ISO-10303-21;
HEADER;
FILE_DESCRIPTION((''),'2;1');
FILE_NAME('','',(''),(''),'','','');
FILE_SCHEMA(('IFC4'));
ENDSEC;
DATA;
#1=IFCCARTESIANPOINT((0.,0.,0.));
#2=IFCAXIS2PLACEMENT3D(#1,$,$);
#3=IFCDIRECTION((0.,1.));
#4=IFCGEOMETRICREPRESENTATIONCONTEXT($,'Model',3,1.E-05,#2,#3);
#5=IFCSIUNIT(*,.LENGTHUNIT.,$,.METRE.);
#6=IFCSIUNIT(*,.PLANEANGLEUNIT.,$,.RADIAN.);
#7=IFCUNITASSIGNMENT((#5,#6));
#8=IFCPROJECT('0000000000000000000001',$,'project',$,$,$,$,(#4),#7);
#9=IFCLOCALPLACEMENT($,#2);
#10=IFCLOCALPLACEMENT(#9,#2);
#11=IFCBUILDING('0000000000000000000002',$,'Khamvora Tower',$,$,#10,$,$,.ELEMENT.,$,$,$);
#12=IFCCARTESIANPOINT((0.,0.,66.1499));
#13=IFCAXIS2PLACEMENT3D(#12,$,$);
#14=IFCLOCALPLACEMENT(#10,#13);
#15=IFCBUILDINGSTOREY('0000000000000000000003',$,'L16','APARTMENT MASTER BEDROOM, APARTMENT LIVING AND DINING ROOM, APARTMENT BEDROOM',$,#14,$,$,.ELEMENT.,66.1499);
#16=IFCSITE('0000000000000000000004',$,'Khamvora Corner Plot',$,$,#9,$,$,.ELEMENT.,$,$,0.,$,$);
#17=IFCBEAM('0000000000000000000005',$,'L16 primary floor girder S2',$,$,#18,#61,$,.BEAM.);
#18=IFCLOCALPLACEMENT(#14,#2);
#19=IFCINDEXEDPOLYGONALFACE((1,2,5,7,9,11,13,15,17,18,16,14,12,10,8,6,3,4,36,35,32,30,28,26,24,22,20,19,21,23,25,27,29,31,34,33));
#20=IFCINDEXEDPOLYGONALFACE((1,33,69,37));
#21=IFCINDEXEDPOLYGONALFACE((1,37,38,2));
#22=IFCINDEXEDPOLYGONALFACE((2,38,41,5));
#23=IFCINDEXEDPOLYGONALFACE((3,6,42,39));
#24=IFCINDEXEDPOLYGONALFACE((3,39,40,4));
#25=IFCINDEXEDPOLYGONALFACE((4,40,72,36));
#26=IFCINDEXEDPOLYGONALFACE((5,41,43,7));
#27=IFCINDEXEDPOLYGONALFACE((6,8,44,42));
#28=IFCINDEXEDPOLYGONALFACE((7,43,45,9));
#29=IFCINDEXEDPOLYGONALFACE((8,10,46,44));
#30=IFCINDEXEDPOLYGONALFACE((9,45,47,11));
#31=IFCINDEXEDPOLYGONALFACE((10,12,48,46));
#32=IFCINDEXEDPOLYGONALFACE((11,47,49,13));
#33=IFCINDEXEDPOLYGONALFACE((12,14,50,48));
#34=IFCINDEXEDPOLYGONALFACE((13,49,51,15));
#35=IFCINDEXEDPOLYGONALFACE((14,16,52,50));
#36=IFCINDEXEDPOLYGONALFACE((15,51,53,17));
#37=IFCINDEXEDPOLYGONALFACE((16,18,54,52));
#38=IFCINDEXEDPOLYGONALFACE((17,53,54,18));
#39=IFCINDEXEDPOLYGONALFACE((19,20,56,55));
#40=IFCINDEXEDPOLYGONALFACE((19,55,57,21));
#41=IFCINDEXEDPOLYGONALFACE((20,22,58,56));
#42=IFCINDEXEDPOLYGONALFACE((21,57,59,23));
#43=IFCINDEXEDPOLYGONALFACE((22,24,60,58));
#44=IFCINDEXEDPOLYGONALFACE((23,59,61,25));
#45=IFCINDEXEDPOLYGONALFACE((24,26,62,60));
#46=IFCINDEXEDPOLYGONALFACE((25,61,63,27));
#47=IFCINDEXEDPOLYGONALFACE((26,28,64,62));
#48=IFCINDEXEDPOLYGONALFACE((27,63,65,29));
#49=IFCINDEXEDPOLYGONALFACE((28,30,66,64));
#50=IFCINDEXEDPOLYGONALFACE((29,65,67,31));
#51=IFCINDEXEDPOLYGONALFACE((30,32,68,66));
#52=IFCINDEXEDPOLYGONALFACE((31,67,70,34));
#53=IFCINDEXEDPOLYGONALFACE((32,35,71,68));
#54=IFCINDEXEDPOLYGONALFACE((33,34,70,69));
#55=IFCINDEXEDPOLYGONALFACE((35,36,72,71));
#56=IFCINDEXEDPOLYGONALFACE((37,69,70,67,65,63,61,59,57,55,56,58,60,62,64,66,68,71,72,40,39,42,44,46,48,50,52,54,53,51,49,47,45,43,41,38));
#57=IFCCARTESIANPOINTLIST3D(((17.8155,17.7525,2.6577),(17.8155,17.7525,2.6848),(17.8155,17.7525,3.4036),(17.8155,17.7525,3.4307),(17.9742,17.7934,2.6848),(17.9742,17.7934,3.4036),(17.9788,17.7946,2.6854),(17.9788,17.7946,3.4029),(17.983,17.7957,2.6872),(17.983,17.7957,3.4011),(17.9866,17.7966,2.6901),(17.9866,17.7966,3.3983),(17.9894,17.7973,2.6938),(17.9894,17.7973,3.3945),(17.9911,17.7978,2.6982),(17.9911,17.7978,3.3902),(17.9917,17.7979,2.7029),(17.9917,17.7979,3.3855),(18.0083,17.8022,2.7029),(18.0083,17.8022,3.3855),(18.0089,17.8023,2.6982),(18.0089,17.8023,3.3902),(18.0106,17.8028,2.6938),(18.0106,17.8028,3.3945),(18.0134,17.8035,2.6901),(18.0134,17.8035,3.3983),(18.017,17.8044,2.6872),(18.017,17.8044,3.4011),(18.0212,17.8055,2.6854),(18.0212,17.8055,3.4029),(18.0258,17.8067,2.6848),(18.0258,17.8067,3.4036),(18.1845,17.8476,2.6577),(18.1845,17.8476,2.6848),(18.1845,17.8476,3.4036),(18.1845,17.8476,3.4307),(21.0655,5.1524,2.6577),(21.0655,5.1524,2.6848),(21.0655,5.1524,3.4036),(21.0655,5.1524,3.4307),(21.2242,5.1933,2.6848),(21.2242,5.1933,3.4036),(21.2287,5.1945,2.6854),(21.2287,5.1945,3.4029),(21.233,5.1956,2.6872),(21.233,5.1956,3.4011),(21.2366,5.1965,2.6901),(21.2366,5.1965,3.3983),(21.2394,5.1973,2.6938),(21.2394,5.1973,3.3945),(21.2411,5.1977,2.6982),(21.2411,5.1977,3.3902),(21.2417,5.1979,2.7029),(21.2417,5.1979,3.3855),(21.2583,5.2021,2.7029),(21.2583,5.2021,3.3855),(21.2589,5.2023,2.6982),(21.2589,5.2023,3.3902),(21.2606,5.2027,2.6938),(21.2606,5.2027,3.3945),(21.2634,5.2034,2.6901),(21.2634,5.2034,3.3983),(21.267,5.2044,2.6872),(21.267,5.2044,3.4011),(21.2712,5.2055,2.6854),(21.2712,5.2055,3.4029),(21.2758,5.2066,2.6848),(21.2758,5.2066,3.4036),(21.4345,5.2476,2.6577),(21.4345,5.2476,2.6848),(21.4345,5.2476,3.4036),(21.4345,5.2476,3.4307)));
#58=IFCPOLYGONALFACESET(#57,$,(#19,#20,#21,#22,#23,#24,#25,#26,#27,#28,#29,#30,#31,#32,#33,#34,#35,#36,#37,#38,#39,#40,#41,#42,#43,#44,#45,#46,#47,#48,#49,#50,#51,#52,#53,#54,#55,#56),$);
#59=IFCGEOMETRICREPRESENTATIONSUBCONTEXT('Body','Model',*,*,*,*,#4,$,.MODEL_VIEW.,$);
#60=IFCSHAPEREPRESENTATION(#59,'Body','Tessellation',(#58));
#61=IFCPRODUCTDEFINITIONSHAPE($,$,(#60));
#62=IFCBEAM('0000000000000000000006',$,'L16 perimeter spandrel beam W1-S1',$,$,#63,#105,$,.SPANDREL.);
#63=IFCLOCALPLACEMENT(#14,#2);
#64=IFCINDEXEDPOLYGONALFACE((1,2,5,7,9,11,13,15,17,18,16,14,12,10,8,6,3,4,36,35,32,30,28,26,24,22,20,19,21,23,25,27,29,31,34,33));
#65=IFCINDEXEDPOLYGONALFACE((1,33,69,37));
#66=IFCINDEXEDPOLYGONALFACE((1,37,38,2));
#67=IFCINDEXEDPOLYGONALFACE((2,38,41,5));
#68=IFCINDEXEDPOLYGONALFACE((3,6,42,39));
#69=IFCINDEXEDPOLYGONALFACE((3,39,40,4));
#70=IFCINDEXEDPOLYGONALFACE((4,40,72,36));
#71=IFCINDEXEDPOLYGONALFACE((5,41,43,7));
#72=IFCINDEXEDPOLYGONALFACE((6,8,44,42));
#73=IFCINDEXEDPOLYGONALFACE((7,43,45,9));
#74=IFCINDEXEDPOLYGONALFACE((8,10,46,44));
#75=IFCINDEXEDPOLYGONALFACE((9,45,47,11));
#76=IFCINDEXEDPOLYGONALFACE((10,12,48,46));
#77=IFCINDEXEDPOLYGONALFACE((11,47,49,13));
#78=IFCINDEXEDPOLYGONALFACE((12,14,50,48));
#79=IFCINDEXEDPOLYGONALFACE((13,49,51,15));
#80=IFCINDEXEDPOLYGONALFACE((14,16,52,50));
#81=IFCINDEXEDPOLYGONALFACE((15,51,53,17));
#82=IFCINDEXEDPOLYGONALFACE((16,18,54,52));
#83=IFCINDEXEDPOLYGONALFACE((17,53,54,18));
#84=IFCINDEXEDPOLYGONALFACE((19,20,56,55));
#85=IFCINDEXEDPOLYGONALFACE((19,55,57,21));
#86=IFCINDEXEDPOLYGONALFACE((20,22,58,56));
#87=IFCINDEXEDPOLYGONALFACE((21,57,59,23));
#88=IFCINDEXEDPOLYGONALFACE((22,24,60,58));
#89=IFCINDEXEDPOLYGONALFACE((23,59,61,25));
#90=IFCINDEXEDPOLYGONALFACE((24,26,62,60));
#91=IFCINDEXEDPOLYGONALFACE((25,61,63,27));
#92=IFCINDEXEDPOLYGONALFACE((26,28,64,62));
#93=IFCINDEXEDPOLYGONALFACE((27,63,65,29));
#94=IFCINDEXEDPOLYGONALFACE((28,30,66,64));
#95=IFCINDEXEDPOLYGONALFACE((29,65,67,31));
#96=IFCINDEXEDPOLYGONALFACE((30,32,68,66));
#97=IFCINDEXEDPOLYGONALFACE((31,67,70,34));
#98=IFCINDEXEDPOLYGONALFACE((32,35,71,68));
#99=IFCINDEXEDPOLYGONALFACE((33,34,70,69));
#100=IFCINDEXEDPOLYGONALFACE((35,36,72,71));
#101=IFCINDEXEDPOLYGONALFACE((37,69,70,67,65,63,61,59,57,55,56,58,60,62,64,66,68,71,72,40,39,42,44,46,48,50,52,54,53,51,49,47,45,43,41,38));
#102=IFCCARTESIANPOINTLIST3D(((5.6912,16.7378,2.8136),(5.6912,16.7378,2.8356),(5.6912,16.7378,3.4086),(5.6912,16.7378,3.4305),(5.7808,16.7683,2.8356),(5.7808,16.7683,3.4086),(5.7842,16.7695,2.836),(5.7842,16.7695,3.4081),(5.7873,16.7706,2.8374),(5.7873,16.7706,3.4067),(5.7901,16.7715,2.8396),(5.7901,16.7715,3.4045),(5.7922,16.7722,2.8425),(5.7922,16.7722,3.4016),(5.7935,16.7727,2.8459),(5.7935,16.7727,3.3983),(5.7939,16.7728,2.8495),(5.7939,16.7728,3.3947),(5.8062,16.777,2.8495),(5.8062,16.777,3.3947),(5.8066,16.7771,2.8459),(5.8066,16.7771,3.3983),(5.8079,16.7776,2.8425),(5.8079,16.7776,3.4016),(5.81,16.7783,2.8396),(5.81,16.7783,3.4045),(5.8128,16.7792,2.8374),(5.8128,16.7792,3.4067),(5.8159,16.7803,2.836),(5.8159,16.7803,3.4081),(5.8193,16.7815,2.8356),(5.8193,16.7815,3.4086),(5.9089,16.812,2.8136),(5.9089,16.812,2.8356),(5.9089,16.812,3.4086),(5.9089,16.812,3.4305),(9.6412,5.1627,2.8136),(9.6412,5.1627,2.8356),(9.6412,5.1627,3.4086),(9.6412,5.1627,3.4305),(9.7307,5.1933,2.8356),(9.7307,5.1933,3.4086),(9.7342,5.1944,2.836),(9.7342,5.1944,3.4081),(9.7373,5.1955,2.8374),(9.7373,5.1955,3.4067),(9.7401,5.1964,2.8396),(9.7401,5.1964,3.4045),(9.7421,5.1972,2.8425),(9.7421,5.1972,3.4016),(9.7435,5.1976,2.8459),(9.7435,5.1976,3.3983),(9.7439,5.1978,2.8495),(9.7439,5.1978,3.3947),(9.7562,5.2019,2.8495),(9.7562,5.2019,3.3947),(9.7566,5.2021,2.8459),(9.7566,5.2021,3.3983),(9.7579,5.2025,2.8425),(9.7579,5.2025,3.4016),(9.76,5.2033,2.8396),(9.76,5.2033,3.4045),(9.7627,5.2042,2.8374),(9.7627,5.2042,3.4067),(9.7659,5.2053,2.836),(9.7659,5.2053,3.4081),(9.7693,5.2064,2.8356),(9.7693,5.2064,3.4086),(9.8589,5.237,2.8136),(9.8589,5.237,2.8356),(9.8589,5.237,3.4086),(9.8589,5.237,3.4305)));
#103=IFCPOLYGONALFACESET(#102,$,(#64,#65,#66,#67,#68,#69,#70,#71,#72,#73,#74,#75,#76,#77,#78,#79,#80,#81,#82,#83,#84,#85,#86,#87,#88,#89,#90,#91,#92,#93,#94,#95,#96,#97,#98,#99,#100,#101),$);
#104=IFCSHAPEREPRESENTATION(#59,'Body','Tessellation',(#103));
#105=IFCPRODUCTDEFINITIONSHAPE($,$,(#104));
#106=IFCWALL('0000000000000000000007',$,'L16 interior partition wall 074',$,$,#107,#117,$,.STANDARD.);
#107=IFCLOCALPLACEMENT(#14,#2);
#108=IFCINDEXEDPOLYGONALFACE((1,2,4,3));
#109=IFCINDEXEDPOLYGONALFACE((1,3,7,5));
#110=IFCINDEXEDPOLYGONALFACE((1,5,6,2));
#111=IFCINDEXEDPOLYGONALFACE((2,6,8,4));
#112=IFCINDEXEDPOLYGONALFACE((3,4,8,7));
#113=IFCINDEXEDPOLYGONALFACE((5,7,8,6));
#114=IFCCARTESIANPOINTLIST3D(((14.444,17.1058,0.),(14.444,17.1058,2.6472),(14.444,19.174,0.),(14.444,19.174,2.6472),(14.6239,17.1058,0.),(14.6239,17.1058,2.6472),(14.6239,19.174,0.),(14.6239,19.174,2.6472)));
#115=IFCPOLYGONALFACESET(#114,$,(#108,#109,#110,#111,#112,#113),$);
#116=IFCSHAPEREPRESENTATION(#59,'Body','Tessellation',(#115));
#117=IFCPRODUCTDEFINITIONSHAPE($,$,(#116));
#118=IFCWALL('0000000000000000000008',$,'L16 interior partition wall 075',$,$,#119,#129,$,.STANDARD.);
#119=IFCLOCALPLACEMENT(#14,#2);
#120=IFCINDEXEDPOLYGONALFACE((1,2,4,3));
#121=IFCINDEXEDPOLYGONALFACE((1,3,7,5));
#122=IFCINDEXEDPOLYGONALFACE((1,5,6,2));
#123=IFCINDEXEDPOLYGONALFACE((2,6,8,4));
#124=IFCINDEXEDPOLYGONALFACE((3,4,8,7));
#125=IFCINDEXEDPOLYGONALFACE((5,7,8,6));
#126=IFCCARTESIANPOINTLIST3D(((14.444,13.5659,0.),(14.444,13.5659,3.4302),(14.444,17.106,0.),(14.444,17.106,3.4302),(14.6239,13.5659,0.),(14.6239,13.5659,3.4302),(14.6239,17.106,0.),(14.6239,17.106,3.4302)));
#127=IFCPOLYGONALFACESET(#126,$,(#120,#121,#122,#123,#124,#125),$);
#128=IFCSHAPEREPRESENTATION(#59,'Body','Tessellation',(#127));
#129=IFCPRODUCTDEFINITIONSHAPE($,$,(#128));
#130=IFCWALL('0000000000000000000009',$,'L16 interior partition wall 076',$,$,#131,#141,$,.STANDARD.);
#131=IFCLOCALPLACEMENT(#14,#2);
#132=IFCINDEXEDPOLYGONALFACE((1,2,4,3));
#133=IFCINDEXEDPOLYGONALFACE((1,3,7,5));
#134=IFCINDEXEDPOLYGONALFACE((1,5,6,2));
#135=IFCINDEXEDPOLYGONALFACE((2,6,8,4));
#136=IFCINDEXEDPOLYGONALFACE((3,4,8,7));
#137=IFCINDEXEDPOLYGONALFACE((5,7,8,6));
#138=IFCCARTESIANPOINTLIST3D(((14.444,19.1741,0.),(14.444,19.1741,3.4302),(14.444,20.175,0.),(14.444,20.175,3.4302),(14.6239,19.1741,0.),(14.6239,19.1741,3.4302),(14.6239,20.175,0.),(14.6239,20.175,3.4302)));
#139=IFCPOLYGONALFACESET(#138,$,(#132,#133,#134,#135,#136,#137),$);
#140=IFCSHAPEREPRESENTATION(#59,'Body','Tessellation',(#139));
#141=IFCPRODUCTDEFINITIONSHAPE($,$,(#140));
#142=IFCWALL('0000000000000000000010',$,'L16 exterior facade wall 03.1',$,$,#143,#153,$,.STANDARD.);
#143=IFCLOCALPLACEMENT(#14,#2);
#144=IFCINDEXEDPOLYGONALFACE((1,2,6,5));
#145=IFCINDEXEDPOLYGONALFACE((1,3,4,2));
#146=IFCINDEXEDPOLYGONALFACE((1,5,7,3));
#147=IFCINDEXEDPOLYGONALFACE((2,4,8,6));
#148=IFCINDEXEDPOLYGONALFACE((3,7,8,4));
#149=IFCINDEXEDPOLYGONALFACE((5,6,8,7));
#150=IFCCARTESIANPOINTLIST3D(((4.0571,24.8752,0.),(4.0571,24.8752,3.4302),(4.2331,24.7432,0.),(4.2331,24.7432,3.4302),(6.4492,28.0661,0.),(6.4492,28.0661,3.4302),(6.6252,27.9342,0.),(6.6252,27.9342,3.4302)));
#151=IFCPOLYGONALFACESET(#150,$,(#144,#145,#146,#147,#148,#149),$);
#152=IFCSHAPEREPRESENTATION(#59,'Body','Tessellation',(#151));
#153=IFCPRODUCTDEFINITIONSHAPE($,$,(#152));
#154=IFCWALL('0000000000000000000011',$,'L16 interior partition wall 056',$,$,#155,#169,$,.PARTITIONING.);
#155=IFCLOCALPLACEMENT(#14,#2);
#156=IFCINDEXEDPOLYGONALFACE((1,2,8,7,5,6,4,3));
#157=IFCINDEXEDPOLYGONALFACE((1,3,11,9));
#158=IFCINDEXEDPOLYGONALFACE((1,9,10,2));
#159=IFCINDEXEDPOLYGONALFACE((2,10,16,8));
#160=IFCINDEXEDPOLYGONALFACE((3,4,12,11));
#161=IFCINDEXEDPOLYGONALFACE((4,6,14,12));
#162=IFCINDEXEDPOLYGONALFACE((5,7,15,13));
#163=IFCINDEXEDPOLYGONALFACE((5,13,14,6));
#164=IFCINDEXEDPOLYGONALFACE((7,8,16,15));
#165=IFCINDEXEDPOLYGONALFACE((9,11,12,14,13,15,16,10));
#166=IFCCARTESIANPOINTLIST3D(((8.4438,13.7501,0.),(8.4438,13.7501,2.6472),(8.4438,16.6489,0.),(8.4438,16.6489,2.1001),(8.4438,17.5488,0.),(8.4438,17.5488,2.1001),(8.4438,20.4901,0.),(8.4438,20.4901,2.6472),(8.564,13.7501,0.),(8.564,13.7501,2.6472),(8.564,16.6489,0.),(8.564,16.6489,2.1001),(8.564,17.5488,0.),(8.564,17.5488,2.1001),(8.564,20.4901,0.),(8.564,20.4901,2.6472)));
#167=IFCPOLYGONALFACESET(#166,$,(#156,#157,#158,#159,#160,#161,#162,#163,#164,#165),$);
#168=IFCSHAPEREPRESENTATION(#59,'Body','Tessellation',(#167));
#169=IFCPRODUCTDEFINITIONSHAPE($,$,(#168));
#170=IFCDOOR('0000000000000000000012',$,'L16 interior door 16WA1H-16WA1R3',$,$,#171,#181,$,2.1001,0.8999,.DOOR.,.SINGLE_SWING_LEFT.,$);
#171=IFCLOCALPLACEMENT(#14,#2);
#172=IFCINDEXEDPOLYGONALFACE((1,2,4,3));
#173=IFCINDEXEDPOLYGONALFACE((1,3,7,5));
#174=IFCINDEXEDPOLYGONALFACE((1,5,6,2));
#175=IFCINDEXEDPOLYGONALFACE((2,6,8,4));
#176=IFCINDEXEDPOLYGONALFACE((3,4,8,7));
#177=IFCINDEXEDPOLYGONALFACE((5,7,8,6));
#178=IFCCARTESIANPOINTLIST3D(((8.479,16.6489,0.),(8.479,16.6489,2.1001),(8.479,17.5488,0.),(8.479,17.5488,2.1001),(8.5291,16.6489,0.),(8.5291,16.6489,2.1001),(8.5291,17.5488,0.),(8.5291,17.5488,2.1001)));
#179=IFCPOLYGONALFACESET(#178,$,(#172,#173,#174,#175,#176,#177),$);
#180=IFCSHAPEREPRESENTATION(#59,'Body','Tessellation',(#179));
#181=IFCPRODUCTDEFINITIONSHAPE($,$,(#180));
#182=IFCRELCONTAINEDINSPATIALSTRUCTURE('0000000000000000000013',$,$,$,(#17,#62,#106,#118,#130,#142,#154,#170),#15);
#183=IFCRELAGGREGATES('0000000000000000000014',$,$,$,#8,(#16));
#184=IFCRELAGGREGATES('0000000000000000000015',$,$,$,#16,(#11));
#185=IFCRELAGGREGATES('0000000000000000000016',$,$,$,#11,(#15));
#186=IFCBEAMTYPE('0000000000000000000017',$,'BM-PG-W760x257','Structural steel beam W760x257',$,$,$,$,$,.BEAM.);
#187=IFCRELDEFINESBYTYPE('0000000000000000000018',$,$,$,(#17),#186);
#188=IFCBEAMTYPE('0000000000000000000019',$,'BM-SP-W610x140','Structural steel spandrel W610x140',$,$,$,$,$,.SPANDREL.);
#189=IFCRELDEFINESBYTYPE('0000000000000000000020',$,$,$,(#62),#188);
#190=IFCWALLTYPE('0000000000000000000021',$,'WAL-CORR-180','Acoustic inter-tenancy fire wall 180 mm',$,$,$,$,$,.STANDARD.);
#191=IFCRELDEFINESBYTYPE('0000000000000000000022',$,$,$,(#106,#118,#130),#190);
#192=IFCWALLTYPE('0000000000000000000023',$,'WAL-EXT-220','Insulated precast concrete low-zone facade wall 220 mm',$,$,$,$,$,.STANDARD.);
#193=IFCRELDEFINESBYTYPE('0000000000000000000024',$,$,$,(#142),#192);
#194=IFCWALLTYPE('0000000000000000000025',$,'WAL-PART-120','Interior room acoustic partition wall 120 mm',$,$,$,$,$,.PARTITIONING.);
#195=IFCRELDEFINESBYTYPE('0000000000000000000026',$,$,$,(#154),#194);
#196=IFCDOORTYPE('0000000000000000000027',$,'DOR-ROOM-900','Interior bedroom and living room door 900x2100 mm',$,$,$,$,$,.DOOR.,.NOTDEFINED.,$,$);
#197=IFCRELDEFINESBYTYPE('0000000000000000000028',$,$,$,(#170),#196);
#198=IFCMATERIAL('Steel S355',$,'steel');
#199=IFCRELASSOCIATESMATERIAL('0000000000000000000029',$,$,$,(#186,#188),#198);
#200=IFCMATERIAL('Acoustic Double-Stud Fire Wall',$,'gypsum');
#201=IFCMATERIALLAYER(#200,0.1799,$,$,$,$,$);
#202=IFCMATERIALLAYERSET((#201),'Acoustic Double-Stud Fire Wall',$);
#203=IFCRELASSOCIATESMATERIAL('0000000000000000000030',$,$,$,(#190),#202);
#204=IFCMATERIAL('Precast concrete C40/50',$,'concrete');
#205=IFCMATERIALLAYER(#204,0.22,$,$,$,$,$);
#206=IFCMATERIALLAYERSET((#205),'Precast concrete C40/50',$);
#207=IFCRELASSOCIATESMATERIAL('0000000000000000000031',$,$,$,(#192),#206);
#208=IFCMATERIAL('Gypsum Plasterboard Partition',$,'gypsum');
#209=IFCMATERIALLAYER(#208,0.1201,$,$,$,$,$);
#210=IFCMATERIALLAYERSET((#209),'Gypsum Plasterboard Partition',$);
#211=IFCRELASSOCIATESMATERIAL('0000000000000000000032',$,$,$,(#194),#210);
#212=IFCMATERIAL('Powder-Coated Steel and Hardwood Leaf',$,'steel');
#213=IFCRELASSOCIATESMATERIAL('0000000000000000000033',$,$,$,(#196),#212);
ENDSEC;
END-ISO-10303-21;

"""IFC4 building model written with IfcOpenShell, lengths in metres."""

from ifc_helpers import new_model, si_unit, direction, frame, frame_2d, origin, origin_2d, place, context, subcontext, project, spatial, rectangle, i_section, extrude, material, layer, layer_set, material_profile, profile_set, type_object, element, fill, save


model = new_model("IFC4")

# Units and contexts
model_context = context("Model", 3, precision=1e-05, world=origin(), true_north=direction((0.0, 1.0)))
body_context = subcontext(model_context, "Body", "Model", "MODEL_VIEW")
ifc_project = project(units=[si_unit("LENGTHUNIT", "METRE"), si_unit("PLANEANGLEUNIT", "RADIAN")], contexts=[model_context])

# Site, building, storey
site_placement = place(None, origin())
site = spatial("IfcSite", under=ifc_project, at=site_placement, Name="Khamvora Corner Plot", CompositionType="ELEMENT", RefElevation=0.0)
building_placement = place(site_placement, origin())
building = spatial("IfcBuilding", under=site, at=building_placement, Name="Khamvora Tower", CompositionType="ELEMENT")
storey_placement = place(building_placement, frame((0.0, 0.0, 66.1499)))
storey = spatial("IfcBuildingStorey", under=building, at=storey_placement, Name="L16", Description="APARTMENT MASTER BEDROOM, APARTMENT LIVING AND DINING ROOM, APARTMENT BEDROOM", CompositionType="ELEMENT", Elevation=66.1499)

# Beams
ifc_material_1 = material(Name="Steel S355", Category="steel")
ifc_material_profile_1 = material_profile(ifc_material_1, i_section(OverallWidth=0.3811, OverallDepth=0.7729, WebThickness=0.0171, FlangeThickness=0.0271, FilletRadius=0.0181, at=origin_2d()), Name="W760x257")
ifc_profile_set_1 = profile_set([ifc_material_profile_1], Name="Steel S355")
beam_type_1 = type_object("IfcBeamType", Name="BM-PG-W760x257", Description="Structural steel beam W760x257", PredefinedType="BEAM", material=ifc_profile_set_1)
beam_1_placement = place(storey_placement, frame((18.0, 17.8, 3.0442), z_axis=(0.24976, -0.968308, 0.0), x_axis=(0.968308, 0.24976, 0.0)))
element("IfcBeam", 1, at=beam_1_placement, inside=storey, type_object=beam_type_1, Name="L16 primary floor girder S2", PredefinedType="BEAM", context=body_context, shape_type="SweptSolid", body=[
    extrude(i_section(OverallWidth=0.3811, OverallDepth=0.7729, WebThickness=0.0171, FlangeThickness=0.0271, FilletRadius=0.0181, at=origin_2d()), origin(), (0.0, 0.0, 1.0), 13.0125),
])
ifc_material_profile_2 = material_profile(ifc_material_1, i_section(OverallWidth=0.23, OverallDepth=0.6169, WebThickness=0.0129, FlangeThickness=0.022, FilletRadius=0.0139, at=origin_2d()), Name="W610x140")
ifc_profile_set_2 = profile_set([ifc_material_profile_2], Name="Steel S355")
beam_type_2 = type_object("IfcBeamType", Name="BM-SP-W610x140", Description="Structural steel spandrel W610x140", PredefinedType="SPANDREL", material=ifc_profile_set_2)
beam_2_placement = place(storey_placement, frame((5.8, 16.7749, 3.1221), z_axis=(0.322963, -0.946412, 0.0), x_axis=(0.946412, 0.322963, 0.0)))
element("IfcBeam", 2, at=beam_2_placement, inside=storey, type_object=beam_type_2, Name="L16 perimeter spandrel beam W1-S1", PredefinedType="SPANDREL", context=body_context, shape_type="SweptSolid", body=[
    extrude(i_section(OverallWidth=0.23, OverallDepth=0.6169, WebThickness=0.0129, FlangeThickness=0.022, FilletRadius=0.0139, at=origin_2d()), origin(), (0.0, 0.0, 1.0), 12.2305),
])

# Walls
ifc_material_2 = material(Name="Acoustic Double-Stud Fire Wall", Category="gypsum")
ifc_layer_1 = layer(ifc_material_2, 0.1799)
ifc_layer_set_1 = layer_set([ifc_layer_1], Name="Acoustic Double-Stud Fire Wall")
wall_type_1 = type_object("IfcWallType", Name="WAL-CORR-180", Description="Acoustic inter-tenancy fire wall 180 mm", PredefinedType="STANDARD", material=ifc_layer_set_1)
wall_1_placement = place(storey_placement, frame((14.5339, 19.1741, 0.0), z_axis=(0.0, 0.0, 1.0), x_axis=(0.0, -1.0, 0.0)))
element("IfcWall", 3, at=wall_1_placement, inside=storey, type_object=wall_type_1, Name="L16 interior partition wall 074", PredefinedType="STANDARD", context=body_context, shape_type="SweptSolid", body=[
    extrude(rectangle(XDim=2.0681, YDim=0.1799, at=frame_2d((1.0342, 0.0))), origin(), (0.0, 0.0, 1.0), 2.6472),
])
wall_2_placement = place(storey_placement, frame((14.5339, 17.106, 0.0), z_axis=(0.0, 0.0, 1.0), x_axis=(0.0, -1.0, 0.0)))
element("IfcWall", 4, at=wall_2_placement, inside=storey, type_object=wall_type_1, Name="L16 interior partition wall 075", PredefinedType="STANDARD", context=body_context, shape_type="SweptSolid", body=[
    extrude(rectangle(XDim=3.54, YDim=0.1799, at=frame_2d((1.77, 0.0))), origin(), (0.0, 0.0, 1.0), 3.4302),
])
wall_3_placement = place(storey_placement, frame((14.5339, 20.175, 0.0), z_axis=(0.0, 0.0, 1.0), x_axis=(0.0, -1.0, 0.0)))
element("IfcWall", 5, at=wall_3_placement, inside=storey, type_object=wall_type_1, Name="L16 interior partition wall 076", PredefinedType="STANDARD", context=body_context, shape_type="SweptSolid", body=[
    extrude(rectangle(XDim=1.001, YDim=0.1799, at=frame_2d((0.5005, 0.0))), origin(), (0.0, 0.0, 1.0), 3.4302),
])
ifc_material_3 = material(Name="Precast concrete C40/50", Category="concrete")
ifc_layer_2 = layer(ifc_material_3, 0.22)
ifc_layer_set_2 = layer_set([ifc_layer_2], Name="Precast concrete C40/50")
wall_type_2 = type_object("IfcWallType", Name="WAL-EXT-220", Description="Insulated precast concrete low-zone facade wall 220 mm", PredefinedType="STANDARD", material=ifc_layer_set_2)
wall_4_placement = place(storey_placement, frame((4.145, 24.8091, 0.0), z_axis=(0.0, 0.0, 1.0), x_axis=(0.599824, 0.800132, 0.0)))
element("IfcWall", 6, at=wall_4_placement, inside=storey, type_object=wall_type_2, Name="L16 exterior facade wall 03.1", PredefinedType="STANDARD", context=body_context, shape_type="SweptSolid", body=[
    extrude(rectangle(XDim=3.988, YDim=0.22, at=frame_2d((1.9941, 0.0))), origin(), (0.0, 0.0, 1.0), 3.4302),
])

# Wall, opening, door
ifc_material_4 = material(Name="Gypsum Plasterboard Partition", Category="gypsum")
ifc_layer_3 = layer(ifc_material_4, 0.1201)
ifc_layer_set_3 = layer_set([ifc_layer_3], Name="Gypsum Plasterboard Partition")
wall_type_3 = type_object("IfcWallType", Name="WAL-PART-120", Description="Interior room acoustic partition wall 120 mm", PredefinedType="PARTITIONING", material=ifc_layer_set_3)
wall_5_placement = place(storey_placement, frame((8.5039, 13.75, 0.0), z_axis=(0.0, 0.0, 1.0), x_axis=(0.0, 1.0, 0.0)))
wall_5 = element("IfcWall", 7, at=wall_5_placement, inside=storey, type_object=wall_type_3, Name="L16 interior partition wall 056", PredefinedType="PARTITIONING", context=body_context, shape_type="SweptSolid", body=[
    extrude(rectangle(XDim=6.74, YDim=0.1201, at=frame_2d((3.3701, 0.0))), origin(), (0.0, 0.0, 1.0), 2.6472),
])
opening_1_placement = place(wall_5_placement, frame((2.8989, 0.0, 0.0)))
opening_1 = element("IfcOpeningElement", 8, at=opening_1_placement, cuts=wall_5, PredefinedType="OPENING", context=body_context, shape_type="SweptSolid", body=[
    extrude(rectangle(XDim=0.8999, YDim=2.1001, at=frame_2d((0.45, 1.05))), frame((0.0, 0.0701, 0.0), z_axis=(0.0, -1.0, 0.0), x_axis=(1.0, 0.0, 0.0)), (0.0, 0.0, 1.0), 0.1401),
])
ifc_material_5 = material(Name="Powder-Coated Steel and Hardwood Leaf", Category="steel")
door_type = type_object("IfcDoorType", Name="DOR-ROOM-900", Description="Interior bedroom and living room door 900x2100 mm", OperationType="NOTDEFINED", PredefinedType="DOOR", material=ifc_material_5)
door_1_placement = place(opening_1_placement, origin())
door_1 = element("IfcDoor", 9, at=door_1_placement, inside=storey, type_object=door_type, Name="L16 interior door 16WA1H-16WA1R3", OperationType="SINGLE_SWING_LEFT", OverallHeight=2.1001, OverallWidth=0.8999, PredefinedType="DOOR", context=body_context, shape_type="SweptSolid", body=[
    extrude(rectangle(XDim=0.8999, YDim=2.1001, at=frame_2d((0.45, 1.05))), frame((0.0, 0.0249, 0.0), z_axis=(0.0, -1.0, 0.0), x_axis=(1.0, 0.0, 0.0)), (0.0, 0.0, 1.0), 0.05),
])
fill(opening_1, door_1)

save(model, "model.ifc")
